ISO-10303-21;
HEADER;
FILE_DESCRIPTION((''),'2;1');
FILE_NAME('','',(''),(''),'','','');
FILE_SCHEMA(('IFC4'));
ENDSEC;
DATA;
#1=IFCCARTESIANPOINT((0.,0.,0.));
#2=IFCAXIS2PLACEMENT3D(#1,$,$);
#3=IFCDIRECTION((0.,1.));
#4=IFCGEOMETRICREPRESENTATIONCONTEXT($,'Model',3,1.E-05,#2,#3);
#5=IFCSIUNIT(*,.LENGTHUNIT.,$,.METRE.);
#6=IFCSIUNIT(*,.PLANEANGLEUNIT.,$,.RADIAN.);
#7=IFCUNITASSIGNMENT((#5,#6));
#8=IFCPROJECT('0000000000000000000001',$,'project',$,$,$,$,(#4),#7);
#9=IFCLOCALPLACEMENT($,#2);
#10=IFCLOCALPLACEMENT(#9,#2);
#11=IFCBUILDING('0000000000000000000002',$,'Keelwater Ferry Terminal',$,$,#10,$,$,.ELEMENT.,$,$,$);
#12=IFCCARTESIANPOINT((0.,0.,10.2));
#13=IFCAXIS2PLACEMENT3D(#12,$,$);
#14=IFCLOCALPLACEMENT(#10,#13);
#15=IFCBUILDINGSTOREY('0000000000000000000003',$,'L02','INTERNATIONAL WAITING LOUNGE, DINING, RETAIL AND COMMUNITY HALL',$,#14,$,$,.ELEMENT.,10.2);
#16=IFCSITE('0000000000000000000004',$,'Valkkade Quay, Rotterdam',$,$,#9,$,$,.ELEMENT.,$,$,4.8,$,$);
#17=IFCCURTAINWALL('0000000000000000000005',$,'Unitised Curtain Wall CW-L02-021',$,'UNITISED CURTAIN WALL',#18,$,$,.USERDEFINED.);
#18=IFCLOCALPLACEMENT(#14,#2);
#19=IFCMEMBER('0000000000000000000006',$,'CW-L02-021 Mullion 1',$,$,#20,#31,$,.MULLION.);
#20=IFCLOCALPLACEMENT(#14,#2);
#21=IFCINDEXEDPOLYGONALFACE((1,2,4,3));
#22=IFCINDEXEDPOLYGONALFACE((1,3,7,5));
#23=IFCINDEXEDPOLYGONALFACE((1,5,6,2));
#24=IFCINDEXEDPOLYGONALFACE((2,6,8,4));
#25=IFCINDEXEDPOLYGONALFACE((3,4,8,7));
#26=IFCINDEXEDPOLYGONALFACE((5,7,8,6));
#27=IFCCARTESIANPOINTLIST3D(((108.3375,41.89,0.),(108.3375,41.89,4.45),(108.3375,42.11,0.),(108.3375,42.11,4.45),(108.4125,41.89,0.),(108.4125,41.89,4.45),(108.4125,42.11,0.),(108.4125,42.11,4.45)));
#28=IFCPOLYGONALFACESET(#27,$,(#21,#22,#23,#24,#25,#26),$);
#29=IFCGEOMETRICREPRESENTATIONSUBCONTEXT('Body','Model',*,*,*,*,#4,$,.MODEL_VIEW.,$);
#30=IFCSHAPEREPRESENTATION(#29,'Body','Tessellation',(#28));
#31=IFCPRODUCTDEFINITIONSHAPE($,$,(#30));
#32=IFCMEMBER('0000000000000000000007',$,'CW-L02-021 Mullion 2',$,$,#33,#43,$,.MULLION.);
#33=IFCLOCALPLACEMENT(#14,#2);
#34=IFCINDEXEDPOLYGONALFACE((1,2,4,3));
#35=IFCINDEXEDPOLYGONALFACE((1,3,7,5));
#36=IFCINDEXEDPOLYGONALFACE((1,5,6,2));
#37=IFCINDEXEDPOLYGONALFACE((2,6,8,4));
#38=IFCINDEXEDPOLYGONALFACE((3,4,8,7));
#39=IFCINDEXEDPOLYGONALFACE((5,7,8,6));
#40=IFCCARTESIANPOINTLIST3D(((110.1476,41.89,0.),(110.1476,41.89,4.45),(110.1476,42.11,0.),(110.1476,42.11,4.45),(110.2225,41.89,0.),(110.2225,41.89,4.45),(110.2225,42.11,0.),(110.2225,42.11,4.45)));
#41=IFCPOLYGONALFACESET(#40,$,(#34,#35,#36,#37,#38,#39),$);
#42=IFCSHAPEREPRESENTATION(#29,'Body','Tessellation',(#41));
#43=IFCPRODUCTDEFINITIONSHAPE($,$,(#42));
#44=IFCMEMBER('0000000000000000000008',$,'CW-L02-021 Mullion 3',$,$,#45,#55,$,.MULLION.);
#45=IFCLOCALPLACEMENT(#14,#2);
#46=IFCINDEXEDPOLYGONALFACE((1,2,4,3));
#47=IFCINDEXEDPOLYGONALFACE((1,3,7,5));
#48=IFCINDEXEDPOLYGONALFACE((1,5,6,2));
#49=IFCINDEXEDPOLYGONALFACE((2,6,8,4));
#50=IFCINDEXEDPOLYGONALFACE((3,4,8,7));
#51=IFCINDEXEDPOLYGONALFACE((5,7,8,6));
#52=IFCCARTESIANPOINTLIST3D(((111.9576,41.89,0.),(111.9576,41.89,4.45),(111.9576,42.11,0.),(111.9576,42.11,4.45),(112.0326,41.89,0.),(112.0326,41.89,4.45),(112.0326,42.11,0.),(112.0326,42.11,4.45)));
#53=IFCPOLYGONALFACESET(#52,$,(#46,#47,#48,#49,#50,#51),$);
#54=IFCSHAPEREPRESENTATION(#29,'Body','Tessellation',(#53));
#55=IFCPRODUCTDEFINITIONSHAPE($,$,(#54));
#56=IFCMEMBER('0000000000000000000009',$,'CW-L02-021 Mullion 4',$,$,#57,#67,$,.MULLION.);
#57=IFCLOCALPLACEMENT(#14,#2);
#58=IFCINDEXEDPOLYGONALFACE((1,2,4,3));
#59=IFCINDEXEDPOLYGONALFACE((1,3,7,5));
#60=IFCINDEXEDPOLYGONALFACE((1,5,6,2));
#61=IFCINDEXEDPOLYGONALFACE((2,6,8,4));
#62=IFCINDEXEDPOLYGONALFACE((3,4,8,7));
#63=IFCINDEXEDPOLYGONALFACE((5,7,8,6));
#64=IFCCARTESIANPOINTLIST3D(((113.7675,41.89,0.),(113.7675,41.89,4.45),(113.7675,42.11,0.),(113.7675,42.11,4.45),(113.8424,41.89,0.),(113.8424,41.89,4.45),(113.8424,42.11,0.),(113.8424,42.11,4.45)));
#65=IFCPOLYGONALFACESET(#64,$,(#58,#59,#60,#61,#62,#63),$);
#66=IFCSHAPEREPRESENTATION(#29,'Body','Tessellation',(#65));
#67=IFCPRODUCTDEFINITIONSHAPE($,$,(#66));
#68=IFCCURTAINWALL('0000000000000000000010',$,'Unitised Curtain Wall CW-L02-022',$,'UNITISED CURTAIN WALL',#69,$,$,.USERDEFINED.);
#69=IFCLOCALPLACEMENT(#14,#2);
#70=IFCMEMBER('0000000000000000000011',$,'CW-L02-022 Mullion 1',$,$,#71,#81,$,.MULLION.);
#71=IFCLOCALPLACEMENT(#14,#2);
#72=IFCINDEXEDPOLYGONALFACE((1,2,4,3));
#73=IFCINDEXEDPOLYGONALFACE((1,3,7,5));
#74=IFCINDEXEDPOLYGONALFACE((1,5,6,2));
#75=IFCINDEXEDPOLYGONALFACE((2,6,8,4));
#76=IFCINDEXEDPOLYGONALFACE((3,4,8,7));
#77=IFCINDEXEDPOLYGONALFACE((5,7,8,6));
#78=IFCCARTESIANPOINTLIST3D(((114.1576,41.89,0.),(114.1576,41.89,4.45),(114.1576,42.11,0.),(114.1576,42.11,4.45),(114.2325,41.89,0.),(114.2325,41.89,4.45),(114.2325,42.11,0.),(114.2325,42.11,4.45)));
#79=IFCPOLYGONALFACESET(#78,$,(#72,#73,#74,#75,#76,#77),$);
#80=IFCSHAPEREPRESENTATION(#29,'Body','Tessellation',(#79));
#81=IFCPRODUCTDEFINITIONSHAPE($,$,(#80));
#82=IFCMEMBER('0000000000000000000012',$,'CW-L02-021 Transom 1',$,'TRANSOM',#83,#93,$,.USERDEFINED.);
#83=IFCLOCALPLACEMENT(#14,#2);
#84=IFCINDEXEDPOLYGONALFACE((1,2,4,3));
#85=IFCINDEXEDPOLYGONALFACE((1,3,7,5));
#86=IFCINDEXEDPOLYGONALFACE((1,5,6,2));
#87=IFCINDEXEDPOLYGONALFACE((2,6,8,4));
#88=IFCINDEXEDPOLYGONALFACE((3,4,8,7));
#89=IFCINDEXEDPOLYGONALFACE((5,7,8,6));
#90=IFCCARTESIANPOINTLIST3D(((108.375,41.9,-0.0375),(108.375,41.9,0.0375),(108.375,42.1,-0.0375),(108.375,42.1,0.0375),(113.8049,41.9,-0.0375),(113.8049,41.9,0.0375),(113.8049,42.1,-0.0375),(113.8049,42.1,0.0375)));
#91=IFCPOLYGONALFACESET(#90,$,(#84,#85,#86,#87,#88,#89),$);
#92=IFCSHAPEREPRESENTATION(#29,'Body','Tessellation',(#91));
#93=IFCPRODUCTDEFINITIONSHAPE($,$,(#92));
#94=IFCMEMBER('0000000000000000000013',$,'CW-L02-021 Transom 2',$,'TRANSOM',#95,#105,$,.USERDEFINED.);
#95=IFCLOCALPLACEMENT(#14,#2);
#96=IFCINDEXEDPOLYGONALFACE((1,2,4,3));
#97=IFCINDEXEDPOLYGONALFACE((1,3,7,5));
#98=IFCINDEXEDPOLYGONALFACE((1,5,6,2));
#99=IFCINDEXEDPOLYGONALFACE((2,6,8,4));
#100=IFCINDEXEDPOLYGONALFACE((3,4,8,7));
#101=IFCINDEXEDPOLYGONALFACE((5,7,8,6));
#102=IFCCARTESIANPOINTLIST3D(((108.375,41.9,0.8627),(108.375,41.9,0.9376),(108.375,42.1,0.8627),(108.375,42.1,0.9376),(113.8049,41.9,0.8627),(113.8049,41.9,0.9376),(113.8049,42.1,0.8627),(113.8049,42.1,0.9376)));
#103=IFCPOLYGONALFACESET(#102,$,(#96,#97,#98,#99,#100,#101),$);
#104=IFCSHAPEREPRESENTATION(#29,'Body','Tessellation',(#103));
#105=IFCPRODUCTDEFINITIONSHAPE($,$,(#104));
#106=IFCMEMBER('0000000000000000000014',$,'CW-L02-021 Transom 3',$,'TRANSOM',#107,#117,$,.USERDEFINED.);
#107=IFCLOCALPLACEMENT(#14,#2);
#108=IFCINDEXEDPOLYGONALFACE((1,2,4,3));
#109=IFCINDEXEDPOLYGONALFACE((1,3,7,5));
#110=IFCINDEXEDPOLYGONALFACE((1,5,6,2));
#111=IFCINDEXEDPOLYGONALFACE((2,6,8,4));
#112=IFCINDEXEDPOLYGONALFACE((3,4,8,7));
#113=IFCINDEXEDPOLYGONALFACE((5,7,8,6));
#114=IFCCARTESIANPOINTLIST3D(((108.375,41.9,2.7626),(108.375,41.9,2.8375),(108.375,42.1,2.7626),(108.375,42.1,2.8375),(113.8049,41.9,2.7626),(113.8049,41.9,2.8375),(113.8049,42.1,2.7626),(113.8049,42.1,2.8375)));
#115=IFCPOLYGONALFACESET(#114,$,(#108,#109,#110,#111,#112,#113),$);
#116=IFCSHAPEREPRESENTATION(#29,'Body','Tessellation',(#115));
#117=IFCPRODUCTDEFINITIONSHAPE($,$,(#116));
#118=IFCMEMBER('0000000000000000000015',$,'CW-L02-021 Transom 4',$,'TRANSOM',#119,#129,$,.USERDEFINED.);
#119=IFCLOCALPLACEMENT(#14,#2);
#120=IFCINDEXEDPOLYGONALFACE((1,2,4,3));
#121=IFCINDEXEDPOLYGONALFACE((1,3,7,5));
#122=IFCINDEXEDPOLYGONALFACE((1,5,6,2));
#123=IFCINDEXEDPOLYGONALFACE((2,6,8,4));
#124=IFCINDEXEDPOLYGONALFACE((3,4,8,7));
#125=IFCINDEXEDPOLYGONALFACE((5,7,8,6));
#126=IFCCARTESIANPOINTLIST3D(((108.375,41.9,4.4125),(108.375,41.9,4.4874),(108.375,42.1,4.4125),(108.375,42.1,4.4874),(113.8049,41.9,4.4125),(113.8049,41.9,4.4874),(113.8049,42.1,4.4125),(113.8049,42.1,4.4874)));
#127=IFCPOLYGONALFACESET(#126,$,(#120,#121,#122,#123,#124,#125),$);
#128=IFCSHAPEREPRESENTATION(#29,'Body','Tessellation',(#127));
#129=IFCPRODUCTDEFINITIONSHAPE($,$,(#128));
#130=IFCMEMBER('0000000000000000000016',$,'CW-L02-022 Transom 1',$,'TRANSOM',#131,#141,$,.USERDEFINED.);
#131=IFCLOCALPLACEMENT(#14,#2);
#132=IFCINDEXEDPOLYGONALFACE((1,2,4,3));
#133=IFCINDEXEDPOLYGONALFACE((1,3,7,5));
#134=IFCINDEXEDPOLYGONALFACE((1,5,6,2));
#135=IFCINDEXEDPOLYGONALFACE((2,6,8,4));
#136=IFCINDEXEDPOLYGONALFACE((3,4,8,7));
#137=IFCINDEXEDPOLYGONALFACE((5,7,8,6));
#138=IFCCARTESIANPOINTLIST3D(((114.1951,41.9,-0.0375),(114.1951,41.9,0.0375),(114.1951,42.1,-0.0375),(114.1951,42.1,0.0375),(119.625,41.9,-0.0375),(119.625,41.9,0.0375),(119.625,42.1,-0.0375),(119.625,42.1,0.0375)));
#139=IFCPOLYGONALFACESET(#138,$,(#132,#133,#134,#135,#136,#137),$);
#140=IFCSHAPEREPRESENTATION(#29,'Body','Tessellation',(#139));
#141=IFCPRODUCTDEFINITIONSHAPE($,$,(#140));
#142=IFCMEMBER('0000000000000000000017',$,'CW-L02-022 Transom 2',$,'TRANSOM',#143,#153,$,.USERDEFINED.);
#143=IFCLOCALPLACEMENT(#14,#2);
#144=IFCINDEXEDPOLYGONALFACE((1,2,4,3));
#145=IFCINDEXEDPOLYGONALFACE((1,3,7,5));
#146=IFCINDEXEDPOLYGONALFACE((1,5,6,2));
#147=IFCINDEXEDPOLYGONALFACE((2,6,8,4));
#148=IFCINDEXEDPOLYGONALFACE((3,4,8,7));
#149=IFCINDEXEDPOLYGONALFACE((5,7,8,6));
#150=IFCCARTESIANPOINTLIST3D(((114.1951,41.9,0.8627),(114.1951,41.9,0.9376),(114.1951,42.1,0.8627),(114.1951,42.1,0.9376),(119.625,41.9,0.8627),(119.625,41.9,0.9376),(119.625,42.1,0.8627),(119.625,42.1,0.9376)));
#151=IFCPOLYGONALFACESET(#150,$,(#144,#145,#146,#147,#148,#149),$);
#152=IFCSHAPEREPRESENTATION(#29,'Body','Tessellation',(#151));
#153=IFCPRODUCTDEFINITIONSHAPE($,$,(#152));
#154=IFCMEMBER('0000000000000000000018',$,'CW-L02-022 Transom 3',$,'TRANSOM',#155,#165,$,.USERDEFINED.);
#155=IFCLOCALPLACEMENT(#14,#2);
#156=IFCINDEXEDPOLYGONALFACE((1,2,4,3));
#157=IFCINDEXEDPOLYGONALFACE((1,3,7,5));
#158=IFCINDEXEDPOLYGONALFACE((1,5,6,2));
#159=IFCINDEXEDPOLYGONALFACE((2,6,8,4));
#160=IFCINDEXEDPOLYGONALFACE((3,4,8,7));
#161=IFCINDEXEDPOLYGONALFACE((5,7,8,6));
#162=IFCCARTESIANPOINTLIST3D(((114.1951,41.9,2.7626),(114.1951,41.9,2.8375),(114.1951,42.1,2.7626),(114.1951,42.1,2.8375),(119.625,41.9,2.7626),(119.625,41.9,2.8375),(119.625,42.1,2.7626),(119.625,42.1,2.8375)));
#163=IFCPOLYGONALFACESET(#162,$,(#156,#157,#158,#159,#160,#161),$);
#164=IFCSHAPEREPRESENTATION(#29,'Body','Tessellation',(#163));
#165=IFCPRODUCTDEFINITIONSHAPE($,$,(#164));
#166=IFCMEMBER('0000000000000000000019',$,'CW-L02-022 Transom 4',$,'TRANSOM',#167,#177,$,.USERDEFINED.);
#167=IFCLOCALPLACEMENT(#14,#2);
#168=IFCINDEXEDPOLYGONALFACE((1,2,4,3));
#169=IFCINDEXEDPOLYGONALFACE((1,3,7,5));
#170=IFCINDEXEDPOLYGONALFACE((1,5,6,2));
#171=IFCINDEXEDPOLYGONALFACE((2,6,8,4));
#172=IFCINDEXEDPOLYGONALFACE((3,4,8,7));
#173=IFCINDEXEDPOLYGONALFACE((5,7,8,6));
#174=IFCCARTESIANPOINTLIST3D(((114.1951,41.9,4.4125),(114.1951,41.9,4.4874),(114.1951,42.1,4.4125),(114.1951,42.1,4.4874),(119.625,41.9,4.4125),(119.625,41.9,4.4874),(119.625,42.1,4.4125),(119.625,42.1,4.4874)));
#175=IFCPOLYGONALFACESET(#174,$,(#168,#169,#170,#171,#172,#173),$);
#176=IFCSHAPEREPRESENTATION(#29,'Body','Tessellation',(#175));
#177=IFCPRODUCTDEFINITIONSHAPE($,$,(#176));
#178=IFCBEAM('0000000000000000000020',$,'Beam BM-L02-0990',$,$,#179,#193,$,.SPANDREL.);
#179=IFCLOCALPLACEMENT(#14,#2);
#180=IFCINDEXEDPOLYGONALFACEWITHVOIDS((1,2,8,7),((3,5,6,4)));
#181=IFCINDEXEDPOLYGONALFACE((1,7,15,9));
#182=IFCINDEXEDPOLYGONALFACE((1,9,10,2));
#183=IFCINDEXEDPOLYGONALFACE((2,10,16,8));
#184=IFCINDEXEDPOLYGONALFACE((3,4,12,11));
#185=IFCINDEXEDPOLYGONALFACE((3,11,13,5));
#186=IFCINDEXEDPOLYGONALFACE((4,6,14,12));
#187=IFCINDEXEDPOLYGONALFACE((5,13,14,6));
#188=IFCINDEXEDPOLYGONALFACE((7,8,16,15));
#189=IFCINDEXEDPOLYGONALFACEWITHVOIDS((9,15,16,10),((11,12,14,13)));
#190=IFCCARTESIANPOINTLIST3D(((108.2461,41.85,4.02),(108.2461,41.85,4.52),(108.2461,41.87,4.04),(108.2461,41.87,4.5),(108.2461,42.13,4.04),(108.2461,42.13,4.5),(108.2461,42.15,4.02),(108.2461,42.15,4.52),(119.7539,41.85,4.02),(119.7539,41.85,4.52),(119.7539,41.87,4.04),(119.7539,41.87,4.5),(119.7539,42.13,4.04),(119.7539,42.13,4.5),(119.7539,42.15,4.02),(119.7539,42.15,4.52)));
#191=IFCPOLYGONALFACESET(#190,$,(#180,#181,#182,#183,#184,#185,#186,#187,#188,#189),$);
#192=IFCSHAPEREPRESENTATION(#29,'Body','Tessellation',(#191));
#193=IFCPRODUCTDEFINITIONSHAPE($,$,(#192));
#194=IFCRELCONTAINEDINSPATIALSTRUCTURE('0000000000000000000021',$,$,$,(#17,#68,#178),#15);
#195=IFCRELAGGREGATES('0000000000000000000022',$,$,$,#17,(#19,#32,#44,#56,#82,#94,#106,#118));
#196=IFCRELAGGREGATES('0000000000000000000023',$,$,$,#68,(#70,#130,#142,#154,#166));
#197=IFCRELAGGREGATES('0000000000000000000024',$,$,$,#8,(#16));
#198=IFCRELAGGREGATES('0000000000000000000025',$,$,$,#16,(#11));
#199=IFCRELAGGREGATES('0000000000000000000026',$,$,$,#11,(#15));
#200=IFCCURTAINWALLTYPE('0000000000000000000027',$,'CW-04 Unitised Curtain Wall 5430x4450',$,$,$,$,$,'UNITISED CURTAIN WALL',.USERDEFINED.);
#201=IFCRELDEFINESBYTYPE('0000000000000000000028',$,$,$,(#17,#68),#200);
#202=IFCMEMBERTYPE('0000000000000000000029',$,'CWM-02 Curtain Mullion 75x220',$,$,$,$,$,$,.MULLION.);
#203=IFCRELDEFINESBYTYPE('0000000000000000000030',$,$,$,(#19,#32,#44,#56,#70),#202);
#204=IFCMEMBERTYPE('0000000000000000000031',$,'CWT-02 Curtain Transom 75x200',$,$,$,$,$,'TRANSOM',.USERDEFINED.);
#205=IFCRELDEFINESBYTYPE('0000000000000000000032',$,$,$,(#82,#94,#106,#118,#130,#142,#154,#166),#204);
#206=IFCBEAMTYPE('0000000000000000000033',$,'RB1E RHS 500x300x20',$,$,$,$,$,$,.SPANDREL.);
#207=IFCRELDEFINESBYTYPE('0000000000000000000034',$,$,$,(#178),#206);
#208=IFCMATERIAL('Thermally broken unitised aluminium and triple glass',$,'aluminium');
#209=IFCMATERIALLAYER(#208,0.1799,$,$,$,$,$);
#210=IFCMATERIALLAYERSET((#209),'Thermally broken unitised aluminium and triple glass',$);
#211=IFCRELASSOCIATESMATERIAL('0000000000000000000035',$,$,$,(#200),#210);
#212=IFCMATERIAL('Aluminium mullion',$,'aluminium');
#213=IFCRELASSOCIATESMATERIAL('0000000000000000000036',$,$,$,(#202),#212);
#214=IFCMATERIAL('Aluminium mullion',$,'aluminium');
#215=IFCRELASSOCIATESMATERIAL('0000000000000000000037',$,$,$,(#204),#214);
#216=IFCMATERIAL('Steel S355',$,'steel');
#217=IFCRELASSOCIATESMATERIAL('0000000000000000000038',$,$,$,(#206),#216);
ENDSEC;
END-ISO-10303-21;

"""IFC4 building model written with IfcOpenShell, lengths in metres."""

from ifc_helpers import new_model, si_unit, direction, frame, origin, origin_2d, place, context, subcontext, project, spatial, rectangle, hollow_rectangle, extrude, material, layer, layer_set, material_profile, profile_set, type_object, element, aggregate, save


model = new_model("IFC4")

# Units and contexts
model_context = context("Model", 3, precision=1e-05, world=origin(), true_north=direction((0.0, 1.0)))
body_context = subcontext(model_context, "Body", "Model", "MODEL_VIEW")
ifc_project = project(units=[si_unit("LENGTHUNIT", "METRE"), si_unit("PLANEANGLEUNIT", "RADIAN")], contexts=[model_context])

# Site, building, storey
site_placement = place(None, origin())
site = spatial("IfcSite", under=ifc_project, at=site_placement, Name="Valkkade Quay, Rotterdam", CompositionType="ELEMENT", RefElevation=4.8)
building_placement = place(site_placement, origin())
building = spatial("IfcBuilding", under=site, at=building_placement, Name="Keelwater Ferry Terminal", CompositionType="ELEMENT")
storey_placement = place(building_placement, frame((0.0, 0.0, 10.2)))
storey = spatial("IfcBuildingStorey", under=building, at=storey_placement, Name="L02", Description="INTERNATIONAL WAITING LOUNGE, DINING, RETAIL AND COMMUNITY HALL", CompositionType="ELEMENT", Elevation=10.2)

# Curtain wall, members
ifc_material_1 = material(Name="Thermally broken unitised aluminium and triple glass", Category="aluminium")
ifc_layer_1 = layer(ifc_material_1, 0.1799)
ifc_layer_set_1 = layer_set([ifc_layer_1], Name="Thermally broken unitised aluminium and triple glass")
curtain_wall_type = type_object("IfcCurtainWallType", Name="CW-04 Unitised Curtain Wall 5430x4450", ElementType="UNITISED CURTAIN WALL", PredefinedType="USERDEFINED", material=ifc_layer_set_1)
curtain_wall_1_placement = place(storey_placement, origin())
curtain_wall_1 = element("IfcCurtainWall", 1, at=curtain_wall_1_placement, inside=storey, type_object=curtain_wall_type, Name="Unitised Curtain Wall CW-L02-021", ObjectType="UNITISED CURTAIN WALL", PredefinedType="USERDEFINED")
ifc_material_2 = material(Name="Aluminium mullion", Category="aluminium")
ifc_material_profile_1 = material_profile(ifc_material_2, rectangle(XDim=0.075, YDim=0.22, at=origin_2d()), Name="CWM-02")
ifc_profile_set_1 = profile_set([ifc_material_profile_1], Name="Aluminium mullion")
member_type_1 = type_object("IfcMemberType", Name="CWM-02 Curtain Mullion 75x220", PredefinedType="MULLION", material=ifc_profile_set_1)
member_1_placement = place(storey_placement, frame((108.375, 42.0, 0.0), z_axis=(0.0, 0.0, 1.0), x_axis=(1.0, 0.0, 0.0)))
member_1 = element("IfcMember", 2, at=member_1_placement, type_object=member_type_1, Name="CW-L02-021 Mullion 1", PredefinedType="MULLION", context=body_context, shape_type="SweptSolid", body=[
    extrude(rectangle(XDim=0.075, YDim=0.22, at=origin_2d()), origin(), (0.0, 0.0, 1.0), 4.45),
])
member_2_placement = place(storey_placement, frame((110.1851, 42.0, 0.0), z_axis=(0.0, 0.0, 1.0), x_axis=(1.0, 0.0, 0.0)))
member_2 = element("IfcMember", 3, at=member_2_placement, type_object=member_type_1, Name="CW-L02-021 Mullion 2", PredefinedType="MULLION", context=body_context, shape_type="SweptSolid", body=[
    extrude(rectangle(XDim=0.075, YDim=0.22, at=origin_2d()), origin(), (0.0, 0.0, 1.0), 4.45),
])
member_3_placement = place(storey_placement, frame((111.9951, 42.0, 0.0), z_axis=(0.0, 0.0, 1.0), x_axis=(1.0, 0.0, 0.0)))
member_3 = element("IfcMember", 4, at=member_3_placement, type_object=member_type_1, Name="CW-L02-021 Mullion 3", PredefinedType="MULLION", context=body_context, shape_type="SweptSolid", body=[
    extrude(rectangle(XDim=0.075, YDim=0.22, at=origin_2d()), origin(), (0.0, 0.0, 1.0), 4.45),
])
member_4_placement = place(storey_placement, frame((113.8049, 42.0, 0.0), z_axis=(0.0, 0.0, 1.0), x_axis=(1.0, 0.0, 0.0)))
member_4 = element("IfcMember", 5, at=member_4_placement, type_object=member_type_1, Name="CW-L02-021 Mullion 4", PredefinedType="MULLION", context=body_context, shape_type="SweptSolid", body=[
    extrude(rectangle(XDim=0.075, YDim=0.22, at=origin_2d()), origin(), (0.0, 0.0, 1.0), 4.45),
])

# Curtain wall, member
curtain_wall_2_placement = place(storey_placement, origin())
curtain_wall_2 = element("IfcCurtainWall", 6, at=curtain_wall_2_placement, inside=storey, type_object=curtain_wall_type, Name="Unitised Curtain Wall CW-L02-022", ObjectType="UNITISED CURTAIN WALL", PredefinedType="USERDEFINED")
member_5_placement = place(storey_placement, frame((114.1951, 42.0, 0.0), z_axis=(0.0, 0.0, 1.0), x_axis=(1.0, 0.0, 0.0)))
member_5 = element("IfcMember", 7, at=member_5_placement, type_object=member_type_1, Name="CW-L02-022 Mullion 1", PredefinedType="MULLION", context=body_context, shape_type="SweptSolid", body=[
    extrude(rectangle(XDim=0.075, YDim=0.22, at=origin_2d()), origin(), (0.0, 0.0, 1.0), 4.45),
])

# Members
ifc_material_3 = material(Name="Aluminium mullion", Category="aluminium")
ifc_material_profile_2 = material_profile(ifc_material_3, rectangle(XDim=0.2, YDim=0.075, at=origin_2d()), Name="CWT-02")
ifc_profile_set_2 = profile_set([ifc_material_profile_2], Name="Aluminium mullion")
member_type_2 = type_object("IfcMemberType", Name="CWT-02 Curtain Transom 75x200", ElementType="TRANSOM", PredefinedType="USERDEFINED", material=ifc_profile_set_2)
member_6_placement = place(storey_placement, frame((108.375, 42.0, 0.0), z_axis=(1.0, 0.0, 0.0), x_axis=(0.0, 1.0, 0.0)))
member_6 = element("IfcMember", 8, at=member_6_placement, type_object=member_type_2, Name="CW-L02-021 Transom 1", ObjectType="TRANSOM", PredefinedType="USERDEFINED", context=body_context, shape_type="SweptSolid", body=[
    extrude(rectangle(XDim=0.2, YDim=0.075, at=origin_2d()), origin(), (0.0, 0.0, 1.0), 5.4299),
])
member_7_placement = place(storey_placement, frame((108.375, 42.0, 0.9001), z_axis=(1.0, 0.0, 0.0), x_axis=(0.0, 1.0, 0.0)))
member_7 = element("IfcMember", 9, at=member_7_placement, type_object=member_type_2, Name="CW-L02-021 Transom 2", ObjectType="TRANSOM", PredefinedType="USERDEFINED", context=body_context, shape_type="SweptSolid", body=[
    extrude(rectangle(XDim=0.2, YDim=0.075, at=origin_2d()), origin(), (0.0, 0.0, 1.0), 5.4299),
])
member_8_placement = place(storey_placement, frame((108.375, 42.0, 2.8), z_axis=(1.0, 0.0, 0.0), x_axis=(0.0, 1.0, 0.0)))
member_8 = element("IfcMember", 10, at=member_8_placement, type_object=member_type_2, Name="CW-L02-021 Transom 3", ObjectType="TRANSOM", PredefinedType="USERDEFINED", context=body_context, shape_type="SweptSolid", body=[
    extrude(rectangle(XDim=0.2, YDim=0.075, at=origin_2d()), origin(), (0.0, 0.0, 1.0), 5.4299),
])
member_9_placement = place(storey_placement, frame((108.375, 42.0, 4.45), z_axis=(1.0, 0.0, 0.0), x_axis=(0.0, 1.0, 0.0)))
member_9 = element("IfcMember", 11, at=member_9_placement, type_object=member_type_2, Name="CW-L02-021 Transom 4", ObjectType="TRANSOM", PredefinedType="USERDEFINED", context=body_context, shape_type="SweptSolid", body=[
    extrude(rectangle(XDim=0.2, YDim=0.075, at=origin_2d()), origin(), (0.0, 0.0, 1.0), 5.4299),
])
member_10_placement = place(storey_placement, frame((114.1951, 42.0, 0.0), z_axis=(1.0, 0.0, 0.0), x_axis=(0.0, 1.0, 0.0)))
member_10 = element("IfcMember", 12, at=member_10_placement, type_object=member_type_2, Name="CW-L02-022 Transom 1", ObjectType="TRANSOM", PredefinedType="USERDEFINED", context=body_context, shape_type="SweptSolid", body=[
    extrude(rectangle(XDim=0.2, YDim=0.075, at=origin_2d()), origin(), (0.0, 0.0, 1.0), 5.4299),
])
member_11_placement = place(storey_placement, frame((114.1951, 42.0, 0.9001), z_axis=(1.0, 0.0, 0.0), x_axis=(0.0, 1.0, 0.0)))
member_11 = element("IfcMember", 13, at=member_11_placement, type_object=member_type_2, Name="CW-L02-022 Transom 2", ObjectType="TRANSOM", PredefinedType="USERDEFINED", context=body_context, shape_type="SweptSolid", body=[
    extrude(rectangle(XDim=0.2, YDim=0.075, at=origin_2d()), origin(), (0.0, 0.0, 1.0), 5.4299),
])
member_12_placement = place(storey_placement, frame((114.1951, 42.0, 2.8), z_axis=(1.0, 0.0, 0.0), x_axis=(0.0, 1.0, 0.0)))
member_12 = element("IfcMember", 14, at=member_12_placement, type_object=member_type_2, Name="CW-L02-022 Transom 3", ObjectType="TRANSOM", PredefinedType="USERDEFINED", context=body_context, shape_type="SweptSolid", body=[
    extrude(rectangle(XDim=0.2, YDim=0.075, at=origin_2d()), origin(), (0.0, 0.0, 1.0), 5.4299),
])
member_13_placement = place(storey_placement, frame((114.1951, 42.0, 4.45), z_axis=(1.0, 0.0, 0.0), x_axis=(0.0, 1.0, 0.0)))
member_13 = element("IfcMember", 15, at=member_13_placement, type_object=member_type_2, Name="CW-L02-022 Transom 4", ObjectType="TRANSOM", PredefinedType="USERDEFINED", context=body_context, shape_type="SweptSolid", body=[
    extrude(rectangle(XDim=0.2, YDim=0.075, at=origin_2d()), origin(), (0.0, 0.0, 1.0), 5.4299),
])

# Beam
ifc_material_4 = material(Name="Steel S355", Category="steel")
ifc_material_profile_3 = material_profile(ifc_material_4, hollow_rectangle(XDim=0.3, YDim=0.5, WallThickness=0.02, at=origin_2d()), Name="RHS 500x300x20")
ifc_profile_set_3 = profile_set([ifc_material_profile_3], Name="Steel S355")
beam_type = type_object("IfcBeamType", Name="RB1E RHS 500x300x20", PredefinedType="SPANDREL", material=ifc_profile_set_3)
beam_placement = place(storey_placement, frame((108.2461, 42.0, 4.27), z_axis=(1.0, 0.0, 0.0), x_axis=(0.0, 1.0, 0.0)))
element("IfcBeam", 16, at=beam_placement, inside=storey, type_object=beam_type, Name="Beam BM-L02-0990", PredefinedType="SPANDREL", context=body_context, shape_type="SweptSolid", body=[
    extrude(hollow_rectangle(XDim=0.3, YDim=0.5, WallThickness=0.02, at=origin_2d()), origin(), (0.0, 0.0, 1.0), 11.5078),
])

aggregate(curtain_wall_1, [member_1, member_2, member_3, member_4, member_6, member_7, member_8, member_9])
aggregate(curtain_wall_2, [member_5, member_10, member_11, member_12, member_13])

save(model, "model.ifc")
